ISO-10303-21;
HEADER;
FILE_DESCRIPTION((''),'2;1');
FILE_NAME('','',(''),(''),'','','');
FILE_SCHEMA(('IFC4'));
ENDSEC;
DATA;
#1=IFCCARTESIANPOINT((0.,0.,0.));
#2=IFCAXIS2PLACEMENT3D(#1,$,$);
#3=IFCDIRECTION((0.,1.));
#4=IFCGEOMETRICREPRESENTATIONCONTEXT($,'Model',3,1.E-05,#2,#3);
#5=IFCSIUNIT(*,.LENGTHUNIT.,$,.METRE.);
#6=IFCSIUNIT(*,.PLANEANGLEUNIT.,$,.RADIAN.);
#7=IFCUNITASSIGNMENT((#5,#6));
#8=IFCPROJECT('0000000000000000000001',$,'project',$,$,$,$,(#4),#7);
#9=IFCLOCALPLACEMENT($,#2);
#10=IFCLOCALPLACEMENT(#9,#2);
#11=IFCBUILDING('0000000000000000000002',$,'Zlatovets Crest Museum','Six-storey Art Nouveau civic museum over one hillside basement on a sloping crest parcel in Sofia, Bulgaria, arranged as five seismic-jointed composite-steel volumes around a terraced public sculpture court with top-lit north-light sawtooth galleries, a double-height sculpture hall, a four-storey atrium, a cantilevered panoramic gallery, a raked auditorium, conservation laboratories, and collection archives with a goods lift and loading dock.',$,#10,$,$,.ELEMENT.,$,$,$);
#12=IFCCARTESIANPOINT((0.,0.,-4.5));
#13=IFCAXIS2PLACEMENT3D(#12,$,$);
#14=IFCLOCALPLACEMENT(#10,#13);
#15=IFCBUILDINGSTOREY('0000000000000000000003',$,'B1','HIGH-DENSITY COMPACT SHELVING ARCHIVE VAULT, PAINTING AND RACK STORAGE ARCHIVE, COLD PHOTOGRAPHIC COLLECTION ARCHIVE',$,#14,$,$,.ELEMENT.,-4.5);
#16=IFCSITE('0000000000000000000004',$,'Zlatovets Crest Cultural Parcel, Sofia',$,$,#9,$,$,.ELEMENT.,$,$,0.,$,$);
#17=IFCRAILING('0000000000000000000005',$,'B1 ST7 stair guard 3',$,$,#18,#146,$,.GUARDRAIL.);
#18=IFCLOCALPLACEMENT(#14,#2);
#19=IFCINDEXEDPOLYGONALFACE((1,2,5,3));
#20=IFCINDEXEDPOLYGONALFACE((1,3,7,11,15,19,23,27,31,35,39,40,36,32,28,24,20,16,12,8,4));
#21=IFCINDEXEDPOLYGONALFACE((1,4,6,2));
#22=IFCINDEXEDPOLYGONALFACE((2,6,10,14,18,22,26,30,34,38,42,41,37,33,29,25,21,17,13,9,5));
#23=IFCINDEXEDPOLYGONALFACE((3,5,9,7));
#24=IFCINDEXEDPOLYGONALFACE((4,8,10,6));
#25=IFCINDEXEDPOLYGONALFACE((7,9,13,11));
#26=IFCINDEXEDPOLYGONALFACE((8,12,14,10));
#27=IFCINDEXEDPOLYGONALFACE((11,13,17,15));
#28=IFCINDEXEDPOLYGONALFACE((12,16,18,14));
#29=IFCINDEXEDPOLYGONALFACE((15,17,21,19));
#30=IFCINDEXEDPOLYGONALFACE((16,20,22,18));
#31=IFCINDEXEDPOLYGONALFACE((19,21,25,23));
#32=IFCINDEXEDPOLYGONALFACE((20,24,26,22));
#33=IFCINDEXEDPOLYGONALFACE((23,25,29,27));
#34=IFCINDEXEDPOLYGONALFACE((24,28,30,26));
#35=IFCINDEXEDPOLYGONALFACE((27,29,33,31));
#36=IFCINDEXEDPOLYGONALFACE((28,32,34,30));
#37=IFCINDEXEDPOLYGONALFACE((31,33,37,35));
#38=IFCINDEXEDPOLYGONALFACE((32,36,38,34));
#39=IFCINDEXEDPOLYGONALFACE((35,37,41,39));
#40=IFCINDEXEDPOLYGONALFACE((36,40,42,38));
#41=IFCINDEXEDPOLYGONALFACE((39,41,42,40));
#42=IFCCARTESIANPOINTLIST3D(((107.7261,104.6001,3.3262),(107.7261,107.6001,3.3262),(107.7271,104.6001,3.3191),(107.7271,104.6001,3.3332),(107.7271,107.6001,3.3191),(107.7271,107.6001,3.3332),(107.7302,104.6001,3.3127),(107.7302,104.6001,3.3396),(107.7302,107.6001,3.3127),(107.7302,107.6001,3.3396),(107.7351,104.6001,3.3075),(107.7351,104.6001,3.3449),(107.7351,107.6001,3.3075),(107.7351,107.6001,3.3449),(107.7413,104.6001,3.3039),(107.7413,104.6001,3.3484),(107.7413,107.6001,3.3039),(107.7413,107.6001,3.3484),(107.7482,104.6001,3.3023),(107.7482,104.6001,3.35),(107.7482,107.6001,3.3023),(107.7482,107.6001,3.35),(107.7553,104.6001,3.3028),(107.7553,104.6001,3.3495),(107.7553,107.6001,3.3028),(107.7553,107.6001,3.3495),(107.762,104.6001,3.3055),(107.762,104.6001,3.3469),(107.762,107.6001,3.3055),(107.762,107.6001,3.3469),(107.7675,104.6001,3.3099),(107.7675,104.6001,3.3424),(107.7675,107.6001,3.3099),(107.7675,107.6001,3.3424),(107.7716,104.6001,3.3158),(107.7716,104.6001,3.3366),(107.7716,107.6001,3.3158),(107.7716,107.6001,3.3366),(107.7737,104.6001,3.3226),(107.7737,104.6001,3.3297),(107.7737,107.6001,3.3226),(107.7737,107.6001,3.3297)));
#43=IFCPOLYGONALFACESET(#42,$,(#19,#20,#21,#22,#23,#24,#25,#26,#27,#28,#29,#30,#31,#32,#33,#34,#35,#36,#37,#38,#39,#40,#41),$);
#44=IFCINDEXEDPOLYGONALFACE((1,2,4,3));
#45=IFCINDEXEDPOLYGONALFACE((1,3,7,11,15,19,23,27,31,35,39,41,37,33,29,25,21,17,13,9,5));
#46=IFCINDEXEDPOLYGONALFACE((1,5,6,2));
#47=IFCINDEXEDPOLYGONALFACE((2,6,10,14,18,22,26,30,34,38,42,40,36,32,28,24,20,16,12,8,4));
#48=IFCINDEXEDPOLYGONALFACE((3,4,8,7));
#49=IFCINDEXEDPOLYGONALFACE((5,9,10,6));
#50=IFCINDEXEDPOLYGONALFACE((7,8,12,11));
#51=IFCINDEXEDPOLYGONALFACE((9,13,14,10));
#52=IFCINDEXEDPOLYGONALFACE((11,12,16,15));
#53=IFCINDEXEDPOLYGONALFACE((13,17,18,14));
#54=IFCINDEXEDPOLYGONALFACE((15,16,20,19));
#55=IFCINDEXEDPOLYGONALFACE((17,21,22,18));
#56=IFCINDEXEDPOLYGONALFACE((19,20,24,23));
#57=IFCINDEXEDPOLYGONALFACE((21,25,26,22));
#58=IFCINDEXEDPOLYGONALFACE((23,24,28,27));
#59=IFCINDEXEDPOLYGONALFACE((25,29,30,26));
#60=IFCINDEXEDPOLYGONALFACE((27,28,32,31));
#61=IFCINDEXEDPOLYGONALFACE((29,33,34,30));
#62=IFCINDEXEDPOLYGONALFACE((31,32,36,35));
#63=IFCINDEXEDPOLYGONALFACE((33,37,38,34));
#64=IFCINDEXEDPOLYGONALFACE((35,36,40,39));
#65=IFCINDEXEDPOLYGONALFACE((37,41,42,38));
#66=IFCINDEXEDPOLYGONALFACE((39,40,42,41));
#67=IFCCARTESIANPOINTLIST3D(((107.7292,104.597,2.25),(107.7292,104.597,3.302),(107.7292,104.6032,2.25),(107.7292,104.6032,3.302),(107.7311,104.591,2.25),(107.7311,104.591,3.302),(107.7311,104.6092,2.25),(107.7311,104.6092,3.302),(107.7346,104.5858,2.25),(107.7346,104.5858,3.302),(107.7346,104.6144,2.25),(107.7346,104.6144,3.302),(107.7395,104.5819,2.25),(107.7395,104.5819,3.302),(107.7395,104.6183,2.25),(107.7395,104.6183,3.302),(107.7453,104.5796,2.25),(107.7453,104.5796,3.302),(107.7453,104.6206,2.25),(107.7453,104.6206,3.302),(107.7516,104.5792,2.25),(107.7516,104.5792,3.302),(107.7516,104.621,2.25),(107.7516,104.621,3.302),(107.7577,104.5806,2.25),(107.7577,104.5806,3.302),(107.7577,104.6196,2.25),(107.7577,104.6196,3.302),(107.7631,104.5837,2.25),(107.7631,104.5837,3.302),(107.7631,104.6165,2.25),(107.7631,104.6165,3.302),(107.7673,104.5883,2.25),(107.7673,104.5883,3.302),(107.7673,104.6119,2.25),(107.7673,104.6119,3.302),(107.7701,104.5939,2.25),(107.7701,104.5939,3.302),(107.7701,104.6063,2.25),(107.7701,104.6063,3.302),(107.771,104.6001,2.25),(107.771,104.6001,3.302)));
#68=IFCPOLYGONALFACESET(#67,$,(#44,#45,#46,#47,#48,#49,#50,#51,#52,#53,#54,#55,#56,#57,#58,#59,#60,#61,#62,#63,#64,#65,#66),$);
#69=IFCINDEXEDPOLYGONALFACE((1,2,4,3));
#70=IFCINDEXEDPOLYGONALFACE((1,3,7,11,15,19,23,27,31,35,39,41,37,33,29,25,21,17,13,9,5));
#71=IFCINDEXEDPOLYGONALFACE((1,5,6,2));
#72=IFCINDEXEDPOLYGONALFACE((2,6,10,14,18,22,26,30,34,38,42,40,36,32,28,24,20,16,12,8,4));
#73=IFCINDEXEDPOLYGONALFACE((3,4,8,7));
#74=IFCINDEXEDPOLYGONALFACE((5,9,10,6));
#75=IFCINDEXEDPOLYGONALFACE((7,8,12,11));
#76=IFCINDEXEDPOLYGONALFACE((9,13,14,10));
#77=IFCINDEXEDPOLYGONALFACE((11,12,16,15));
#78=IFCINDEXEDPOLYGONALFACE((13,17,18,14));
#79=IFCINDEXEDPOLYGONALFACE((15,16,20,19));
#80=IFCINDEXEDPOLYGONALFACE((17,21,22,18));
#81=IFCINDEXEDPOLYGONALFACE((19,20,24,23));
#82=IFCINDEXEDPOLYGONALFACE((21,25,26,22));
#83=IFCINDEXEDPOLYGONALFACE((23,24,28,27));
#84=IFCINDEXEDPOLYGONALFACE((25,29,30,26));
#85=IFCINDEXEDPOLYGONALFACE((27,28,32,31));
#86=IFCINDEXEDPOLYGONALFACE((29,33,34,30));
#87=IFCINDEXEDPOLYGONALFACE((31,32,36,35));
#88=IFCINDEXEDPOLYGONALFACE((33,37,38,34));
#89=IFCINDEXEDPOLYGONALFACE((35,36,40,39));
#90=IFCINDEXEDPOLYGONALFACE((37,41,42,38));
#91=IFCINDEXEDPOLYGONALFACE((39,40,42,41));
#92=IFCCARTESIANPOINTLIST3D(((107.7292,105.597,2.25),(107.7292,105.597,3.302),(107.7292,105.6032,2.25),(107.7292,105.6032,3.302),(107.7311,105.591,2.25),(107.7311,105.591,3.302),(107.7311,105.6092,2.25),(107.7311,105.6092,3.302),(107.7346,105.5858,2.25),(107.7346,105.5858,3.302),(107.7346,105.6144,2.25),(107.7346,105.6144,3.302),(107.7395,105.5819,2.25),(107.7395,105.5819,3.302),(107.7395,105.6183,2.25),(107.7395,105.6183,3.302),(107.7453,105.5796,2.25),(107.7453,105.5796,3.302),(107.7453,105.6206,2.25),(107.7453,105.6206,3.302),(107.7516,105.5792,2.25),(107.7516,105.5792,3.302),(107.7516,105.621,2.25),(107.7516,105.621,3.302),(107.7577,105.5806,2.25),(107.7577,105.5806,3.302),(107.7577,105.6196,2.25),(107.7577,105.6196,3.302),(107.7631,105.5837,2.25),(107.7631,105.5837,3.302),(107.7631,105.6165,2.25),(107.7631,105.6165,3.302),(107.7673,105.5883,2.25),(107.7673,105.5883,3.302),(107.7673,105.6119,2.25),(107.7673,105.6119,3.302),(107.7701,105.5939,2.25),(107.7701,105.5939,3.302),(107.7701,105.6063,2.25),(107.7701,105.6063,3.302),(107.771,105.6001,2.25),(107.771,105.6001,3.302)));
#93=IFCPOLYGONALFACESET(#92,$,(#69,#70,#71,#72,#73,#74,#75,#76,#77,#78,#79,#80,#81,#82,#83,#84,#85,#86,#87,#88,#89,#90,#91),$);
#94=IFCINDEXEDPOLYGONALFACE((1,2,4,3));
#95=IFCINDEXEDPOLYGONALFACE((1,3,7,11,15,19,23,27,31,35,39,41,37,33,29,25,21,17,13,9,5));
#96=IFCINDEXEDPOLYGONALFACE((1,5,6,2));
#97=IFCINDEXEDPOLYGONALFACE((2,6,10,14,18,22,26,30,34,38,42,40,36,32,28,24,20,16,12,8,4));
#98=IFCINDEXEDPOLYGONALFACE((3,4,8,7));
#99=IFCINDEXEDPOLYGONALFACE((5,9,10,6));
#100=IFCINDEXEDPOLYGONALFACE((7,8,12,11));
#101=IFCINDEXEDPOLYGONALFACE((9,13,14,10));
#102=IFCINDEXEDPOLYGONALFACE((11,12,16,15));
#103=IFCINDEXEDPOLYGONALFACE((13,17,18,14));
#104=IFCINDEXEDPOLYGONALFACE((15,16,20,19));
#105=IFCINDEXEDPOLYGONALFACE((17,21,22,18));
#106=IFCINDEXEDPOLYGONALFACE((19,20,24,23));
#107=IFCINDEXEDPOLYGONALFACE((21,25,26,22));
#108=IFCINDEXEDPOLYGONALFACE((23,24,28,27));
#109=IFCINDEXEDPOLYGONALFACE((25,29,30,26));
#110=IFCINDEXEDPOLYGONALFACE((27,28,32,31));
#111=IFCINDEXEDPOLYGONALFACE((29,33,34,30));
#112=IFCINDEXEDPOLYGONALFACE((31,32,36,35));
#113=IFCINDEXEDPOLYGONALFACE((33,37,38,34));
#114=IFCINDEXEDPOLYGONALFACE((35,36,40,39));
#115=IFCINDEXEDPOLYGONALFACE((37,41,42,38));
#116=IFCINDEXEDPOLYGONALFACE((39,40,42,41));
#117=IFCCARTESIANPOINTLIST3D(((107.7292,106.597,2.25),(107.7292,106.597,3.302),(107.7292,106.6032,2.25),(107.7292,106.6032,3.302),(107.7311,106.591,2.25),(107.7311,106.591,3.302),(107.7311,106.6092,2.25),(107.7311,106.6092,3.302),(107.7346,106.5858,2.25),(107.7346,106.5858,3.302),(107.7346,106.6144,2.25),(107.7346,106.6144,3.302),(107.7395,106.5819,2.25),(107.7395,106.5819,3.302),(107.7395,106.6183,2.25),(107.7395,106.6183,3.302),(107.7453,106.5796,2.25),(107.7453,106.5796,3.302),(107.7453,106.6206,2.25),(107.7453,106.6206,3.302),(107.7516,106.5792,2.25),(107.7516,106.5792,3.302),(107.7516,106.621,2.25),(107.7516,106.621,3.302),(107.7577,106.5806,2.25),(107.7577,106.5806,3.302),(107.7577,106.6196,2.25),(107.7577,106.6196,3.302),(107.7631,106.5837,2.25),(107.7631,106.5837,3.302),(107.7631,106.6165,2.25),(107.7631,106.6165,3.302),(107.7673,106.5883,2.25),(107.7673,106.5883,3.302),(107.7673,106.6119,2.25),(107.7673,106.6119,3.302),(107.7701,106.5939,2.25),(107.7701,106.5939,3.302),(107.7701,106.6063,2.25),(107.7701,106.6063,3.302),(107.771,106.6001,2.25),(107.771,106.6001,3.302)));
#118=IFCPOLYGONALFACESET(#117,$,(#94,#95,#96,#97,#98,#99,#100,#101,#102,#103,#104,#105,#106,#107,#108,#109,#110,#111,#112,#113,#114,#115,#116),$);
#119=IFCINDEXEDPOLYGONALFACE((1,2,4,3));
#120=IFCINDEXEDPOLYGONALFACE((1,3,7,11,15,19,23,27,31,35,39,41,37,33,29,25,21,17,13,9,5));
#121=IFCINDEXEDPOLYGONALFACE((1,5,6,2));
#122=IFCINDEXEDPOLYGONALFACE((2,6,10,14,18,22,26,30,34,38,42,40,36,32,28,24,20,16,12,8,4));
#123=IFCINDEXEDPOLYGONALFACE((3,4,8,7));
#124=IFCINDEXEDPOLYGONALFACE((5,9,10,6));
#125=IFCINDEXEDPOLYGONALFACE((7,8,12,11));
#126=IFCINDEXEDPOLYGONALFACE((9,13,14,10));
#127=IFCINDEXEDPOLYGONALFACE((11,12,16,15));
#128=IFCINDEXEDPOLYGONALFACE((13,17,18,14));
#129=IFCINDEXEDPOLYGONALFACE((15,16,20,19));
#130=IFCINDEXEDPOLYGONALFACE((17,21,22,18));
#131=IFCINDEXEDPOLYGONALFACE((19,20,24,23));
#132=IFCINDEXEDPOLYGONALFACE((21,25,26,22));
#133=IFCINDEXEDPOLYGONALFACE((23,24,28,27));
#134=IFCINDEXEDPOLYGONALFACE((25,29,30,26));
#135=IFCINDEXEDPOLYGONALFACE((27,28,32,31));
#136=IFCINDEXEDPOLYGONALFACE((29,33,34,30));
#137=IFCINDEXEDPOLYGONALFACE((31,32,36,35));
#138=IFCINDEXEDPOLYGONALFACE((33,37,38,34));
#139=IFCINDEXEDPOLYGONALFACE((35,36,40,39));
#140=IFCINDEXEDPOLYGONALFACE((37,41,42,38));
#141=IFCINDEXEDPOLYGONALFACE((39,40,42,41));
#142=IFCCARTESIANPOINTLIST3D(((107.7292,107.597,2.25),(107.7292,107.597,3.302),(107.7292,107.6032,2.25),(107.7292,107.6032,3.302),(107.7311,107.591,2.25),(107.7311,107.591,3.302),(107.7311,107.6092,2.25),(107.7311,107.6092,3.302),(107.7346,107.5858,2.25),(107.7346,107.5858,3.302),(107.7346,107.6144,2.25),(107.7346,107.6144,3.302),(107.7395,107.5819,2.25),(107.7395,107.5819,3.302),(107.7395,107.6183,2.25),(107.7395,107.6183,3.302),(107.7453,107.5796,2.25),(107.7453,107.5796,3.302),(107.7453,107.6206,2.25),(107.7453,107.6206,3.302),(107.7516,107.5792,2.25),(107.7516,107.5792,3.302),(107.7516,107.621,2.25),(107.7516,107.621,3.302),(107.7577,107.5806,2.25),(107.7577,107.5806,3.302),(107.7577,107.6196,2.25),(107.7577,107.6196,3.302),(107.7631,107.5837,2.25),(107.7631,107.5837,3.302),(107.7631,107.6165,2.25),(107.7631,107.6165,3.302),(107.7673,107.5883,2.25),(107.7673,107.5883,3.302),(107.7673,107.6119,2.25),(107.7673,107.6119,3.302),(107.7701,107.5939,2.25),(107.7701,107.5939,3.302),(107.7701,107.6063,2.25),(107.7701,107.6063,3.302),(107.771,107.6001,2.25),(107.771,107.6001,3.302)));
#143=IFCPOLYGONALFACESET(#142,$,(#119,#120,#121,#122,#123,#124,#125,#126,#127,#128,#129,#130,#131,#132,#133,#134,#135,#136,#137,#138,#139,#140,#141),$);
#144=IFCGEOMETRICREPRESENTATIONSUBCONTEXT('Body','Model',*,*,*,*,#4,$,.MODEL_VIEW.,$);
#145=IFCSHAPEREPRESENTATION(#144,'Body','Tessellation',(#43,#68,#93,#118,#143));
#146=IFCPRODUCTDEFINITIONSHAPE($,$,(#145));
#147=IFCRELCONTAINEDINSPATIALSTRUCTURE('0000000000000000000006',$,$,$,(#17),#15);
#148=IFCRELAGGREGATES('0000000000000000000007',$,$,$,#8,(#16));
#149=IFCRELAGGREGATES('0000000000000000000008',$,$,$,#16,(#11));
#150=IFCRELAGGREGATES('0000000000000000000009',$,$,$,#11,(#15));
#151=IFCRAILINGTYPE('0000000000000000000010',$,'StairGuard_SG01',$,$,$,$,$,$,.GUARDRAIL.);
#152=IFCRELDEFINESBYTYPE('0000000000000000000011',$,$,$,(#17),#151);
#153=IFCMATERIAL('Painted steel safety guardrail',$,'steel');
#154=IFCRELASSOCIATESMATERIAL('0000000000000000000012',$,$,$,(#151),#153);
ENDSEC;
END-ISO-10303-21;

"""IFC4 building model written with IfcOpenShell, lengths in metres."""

from ifc_helpers import new_model, si_unit, direction, frame, origin, origin_2d, place, context, subcontext, project, spatial, circle, extrude, material, type_object, element, save


model = new_model("IFC4")

# Units and contexts
model_context = context("Model", 3, precision=1e-05, world=origin(), true_north=direction((0.0, 1.0)))
body_context = subcontext(model_context, "Body", "Model", "MODEL_VIEW")
ifc_project = project(units=[si_unit("LENGTHUNIT", "METRE"), si_unit("PLANEANGLEUNIT", "RADIAN")], contexts=[model_context])

# Site, building, storey
site_placement = place(None, origin())
site = spatial("IfcSite", under=ifc_project, at=site_placement, Name="Zlatovets Crest Cultural Parcel, Sofia", CompositionType="ELEMENT", RefElevation=0.0)
building_placement = place(site_placement, origin())
building = spatial("IfcBuilding", under=site, at=building_placement, Name="Zlatovets Crest Museum", Description="Six-storey Art Nouveau civic museum over one hillside basement on a sloping crest parcel in Sofia, Bulgaria, arranged as five seismic-jointed composite-steel volumes around a terraced public sculpture court with top-lit north-light sawtooth galleries, a double-height sculpture hall, a four-storey atrium, a cantilevered panoramic gallery, a raked auditorium, conservation laboratories, and collection archives with a goods lift and loading dock.", CompositionType="ELEMENT")
storey_placement = place(building_placement, frame((0.0, 0.0, -4.5)))
storey = spatial("IfcBuildingStorey", under=building, at=storey_placement, Name="B1", Description="HIGH-DENSITY COMPACT SHELVING ARCHIVE VAULT, PAINTING AND RACK STORAGE ARCHIVE, COLD PHOTOGRAPHIC COLLECTION ARCHIVE", CompositionType="ELEMENT", Elevation=-4.5)

# Railing
ifc_material_1 = material(Name="Painted steel safety guardrail", Category="steel")
railing_type_1 = type_object("IfcRailingType", Name="StairGuard_SG01", PredefinedType="GUARDRAIL", material=ifc_material_1)
railing_1_placement = place(storey_placement, frame((107.75, 104.6001, 2.25)))
element("IfcRailing", 1, at=railing_1_placement, inside=storey, type_object=railing_type_1, Name="B1 ST7 stair guard 3", PredefinedType="GUARDRAIL", context=body_context, shape_type="SweptSolid", body=[
    extrude(circle(Radius=0.0239, at=origin_2d()), frame((0.0, 0.0, 1.0762), z_axis=(0.0, 1.0, 0.0), x_axis=(-1.0, 0.0, 0.0)), (0.0, 0.0, 1.0), 3.0),
    extrude(circle(Radius=0.021, at=origin_2d()), origin(), (0.0, 0.0, 1.0), 1.052),
    extrude(circle(Radius=0.021, at=origin_2d()), frame((0.0, 1.0, 0.0)), (0.0, 0.0, 1.0), 1.052),
    extrude(circle(Radius=0.021, at=origin_2d()), frame((0.0, 2.0, 0.0)), (0.0, 0.0, 1.0), 1.052),
    extrude(circle(Radius=0.021, at=origin_2d()), frame((0.0, 3.0, 0.0)), (0.0, 0.0, 1.0), 1.052),
])

save(model, "model.ifc")
